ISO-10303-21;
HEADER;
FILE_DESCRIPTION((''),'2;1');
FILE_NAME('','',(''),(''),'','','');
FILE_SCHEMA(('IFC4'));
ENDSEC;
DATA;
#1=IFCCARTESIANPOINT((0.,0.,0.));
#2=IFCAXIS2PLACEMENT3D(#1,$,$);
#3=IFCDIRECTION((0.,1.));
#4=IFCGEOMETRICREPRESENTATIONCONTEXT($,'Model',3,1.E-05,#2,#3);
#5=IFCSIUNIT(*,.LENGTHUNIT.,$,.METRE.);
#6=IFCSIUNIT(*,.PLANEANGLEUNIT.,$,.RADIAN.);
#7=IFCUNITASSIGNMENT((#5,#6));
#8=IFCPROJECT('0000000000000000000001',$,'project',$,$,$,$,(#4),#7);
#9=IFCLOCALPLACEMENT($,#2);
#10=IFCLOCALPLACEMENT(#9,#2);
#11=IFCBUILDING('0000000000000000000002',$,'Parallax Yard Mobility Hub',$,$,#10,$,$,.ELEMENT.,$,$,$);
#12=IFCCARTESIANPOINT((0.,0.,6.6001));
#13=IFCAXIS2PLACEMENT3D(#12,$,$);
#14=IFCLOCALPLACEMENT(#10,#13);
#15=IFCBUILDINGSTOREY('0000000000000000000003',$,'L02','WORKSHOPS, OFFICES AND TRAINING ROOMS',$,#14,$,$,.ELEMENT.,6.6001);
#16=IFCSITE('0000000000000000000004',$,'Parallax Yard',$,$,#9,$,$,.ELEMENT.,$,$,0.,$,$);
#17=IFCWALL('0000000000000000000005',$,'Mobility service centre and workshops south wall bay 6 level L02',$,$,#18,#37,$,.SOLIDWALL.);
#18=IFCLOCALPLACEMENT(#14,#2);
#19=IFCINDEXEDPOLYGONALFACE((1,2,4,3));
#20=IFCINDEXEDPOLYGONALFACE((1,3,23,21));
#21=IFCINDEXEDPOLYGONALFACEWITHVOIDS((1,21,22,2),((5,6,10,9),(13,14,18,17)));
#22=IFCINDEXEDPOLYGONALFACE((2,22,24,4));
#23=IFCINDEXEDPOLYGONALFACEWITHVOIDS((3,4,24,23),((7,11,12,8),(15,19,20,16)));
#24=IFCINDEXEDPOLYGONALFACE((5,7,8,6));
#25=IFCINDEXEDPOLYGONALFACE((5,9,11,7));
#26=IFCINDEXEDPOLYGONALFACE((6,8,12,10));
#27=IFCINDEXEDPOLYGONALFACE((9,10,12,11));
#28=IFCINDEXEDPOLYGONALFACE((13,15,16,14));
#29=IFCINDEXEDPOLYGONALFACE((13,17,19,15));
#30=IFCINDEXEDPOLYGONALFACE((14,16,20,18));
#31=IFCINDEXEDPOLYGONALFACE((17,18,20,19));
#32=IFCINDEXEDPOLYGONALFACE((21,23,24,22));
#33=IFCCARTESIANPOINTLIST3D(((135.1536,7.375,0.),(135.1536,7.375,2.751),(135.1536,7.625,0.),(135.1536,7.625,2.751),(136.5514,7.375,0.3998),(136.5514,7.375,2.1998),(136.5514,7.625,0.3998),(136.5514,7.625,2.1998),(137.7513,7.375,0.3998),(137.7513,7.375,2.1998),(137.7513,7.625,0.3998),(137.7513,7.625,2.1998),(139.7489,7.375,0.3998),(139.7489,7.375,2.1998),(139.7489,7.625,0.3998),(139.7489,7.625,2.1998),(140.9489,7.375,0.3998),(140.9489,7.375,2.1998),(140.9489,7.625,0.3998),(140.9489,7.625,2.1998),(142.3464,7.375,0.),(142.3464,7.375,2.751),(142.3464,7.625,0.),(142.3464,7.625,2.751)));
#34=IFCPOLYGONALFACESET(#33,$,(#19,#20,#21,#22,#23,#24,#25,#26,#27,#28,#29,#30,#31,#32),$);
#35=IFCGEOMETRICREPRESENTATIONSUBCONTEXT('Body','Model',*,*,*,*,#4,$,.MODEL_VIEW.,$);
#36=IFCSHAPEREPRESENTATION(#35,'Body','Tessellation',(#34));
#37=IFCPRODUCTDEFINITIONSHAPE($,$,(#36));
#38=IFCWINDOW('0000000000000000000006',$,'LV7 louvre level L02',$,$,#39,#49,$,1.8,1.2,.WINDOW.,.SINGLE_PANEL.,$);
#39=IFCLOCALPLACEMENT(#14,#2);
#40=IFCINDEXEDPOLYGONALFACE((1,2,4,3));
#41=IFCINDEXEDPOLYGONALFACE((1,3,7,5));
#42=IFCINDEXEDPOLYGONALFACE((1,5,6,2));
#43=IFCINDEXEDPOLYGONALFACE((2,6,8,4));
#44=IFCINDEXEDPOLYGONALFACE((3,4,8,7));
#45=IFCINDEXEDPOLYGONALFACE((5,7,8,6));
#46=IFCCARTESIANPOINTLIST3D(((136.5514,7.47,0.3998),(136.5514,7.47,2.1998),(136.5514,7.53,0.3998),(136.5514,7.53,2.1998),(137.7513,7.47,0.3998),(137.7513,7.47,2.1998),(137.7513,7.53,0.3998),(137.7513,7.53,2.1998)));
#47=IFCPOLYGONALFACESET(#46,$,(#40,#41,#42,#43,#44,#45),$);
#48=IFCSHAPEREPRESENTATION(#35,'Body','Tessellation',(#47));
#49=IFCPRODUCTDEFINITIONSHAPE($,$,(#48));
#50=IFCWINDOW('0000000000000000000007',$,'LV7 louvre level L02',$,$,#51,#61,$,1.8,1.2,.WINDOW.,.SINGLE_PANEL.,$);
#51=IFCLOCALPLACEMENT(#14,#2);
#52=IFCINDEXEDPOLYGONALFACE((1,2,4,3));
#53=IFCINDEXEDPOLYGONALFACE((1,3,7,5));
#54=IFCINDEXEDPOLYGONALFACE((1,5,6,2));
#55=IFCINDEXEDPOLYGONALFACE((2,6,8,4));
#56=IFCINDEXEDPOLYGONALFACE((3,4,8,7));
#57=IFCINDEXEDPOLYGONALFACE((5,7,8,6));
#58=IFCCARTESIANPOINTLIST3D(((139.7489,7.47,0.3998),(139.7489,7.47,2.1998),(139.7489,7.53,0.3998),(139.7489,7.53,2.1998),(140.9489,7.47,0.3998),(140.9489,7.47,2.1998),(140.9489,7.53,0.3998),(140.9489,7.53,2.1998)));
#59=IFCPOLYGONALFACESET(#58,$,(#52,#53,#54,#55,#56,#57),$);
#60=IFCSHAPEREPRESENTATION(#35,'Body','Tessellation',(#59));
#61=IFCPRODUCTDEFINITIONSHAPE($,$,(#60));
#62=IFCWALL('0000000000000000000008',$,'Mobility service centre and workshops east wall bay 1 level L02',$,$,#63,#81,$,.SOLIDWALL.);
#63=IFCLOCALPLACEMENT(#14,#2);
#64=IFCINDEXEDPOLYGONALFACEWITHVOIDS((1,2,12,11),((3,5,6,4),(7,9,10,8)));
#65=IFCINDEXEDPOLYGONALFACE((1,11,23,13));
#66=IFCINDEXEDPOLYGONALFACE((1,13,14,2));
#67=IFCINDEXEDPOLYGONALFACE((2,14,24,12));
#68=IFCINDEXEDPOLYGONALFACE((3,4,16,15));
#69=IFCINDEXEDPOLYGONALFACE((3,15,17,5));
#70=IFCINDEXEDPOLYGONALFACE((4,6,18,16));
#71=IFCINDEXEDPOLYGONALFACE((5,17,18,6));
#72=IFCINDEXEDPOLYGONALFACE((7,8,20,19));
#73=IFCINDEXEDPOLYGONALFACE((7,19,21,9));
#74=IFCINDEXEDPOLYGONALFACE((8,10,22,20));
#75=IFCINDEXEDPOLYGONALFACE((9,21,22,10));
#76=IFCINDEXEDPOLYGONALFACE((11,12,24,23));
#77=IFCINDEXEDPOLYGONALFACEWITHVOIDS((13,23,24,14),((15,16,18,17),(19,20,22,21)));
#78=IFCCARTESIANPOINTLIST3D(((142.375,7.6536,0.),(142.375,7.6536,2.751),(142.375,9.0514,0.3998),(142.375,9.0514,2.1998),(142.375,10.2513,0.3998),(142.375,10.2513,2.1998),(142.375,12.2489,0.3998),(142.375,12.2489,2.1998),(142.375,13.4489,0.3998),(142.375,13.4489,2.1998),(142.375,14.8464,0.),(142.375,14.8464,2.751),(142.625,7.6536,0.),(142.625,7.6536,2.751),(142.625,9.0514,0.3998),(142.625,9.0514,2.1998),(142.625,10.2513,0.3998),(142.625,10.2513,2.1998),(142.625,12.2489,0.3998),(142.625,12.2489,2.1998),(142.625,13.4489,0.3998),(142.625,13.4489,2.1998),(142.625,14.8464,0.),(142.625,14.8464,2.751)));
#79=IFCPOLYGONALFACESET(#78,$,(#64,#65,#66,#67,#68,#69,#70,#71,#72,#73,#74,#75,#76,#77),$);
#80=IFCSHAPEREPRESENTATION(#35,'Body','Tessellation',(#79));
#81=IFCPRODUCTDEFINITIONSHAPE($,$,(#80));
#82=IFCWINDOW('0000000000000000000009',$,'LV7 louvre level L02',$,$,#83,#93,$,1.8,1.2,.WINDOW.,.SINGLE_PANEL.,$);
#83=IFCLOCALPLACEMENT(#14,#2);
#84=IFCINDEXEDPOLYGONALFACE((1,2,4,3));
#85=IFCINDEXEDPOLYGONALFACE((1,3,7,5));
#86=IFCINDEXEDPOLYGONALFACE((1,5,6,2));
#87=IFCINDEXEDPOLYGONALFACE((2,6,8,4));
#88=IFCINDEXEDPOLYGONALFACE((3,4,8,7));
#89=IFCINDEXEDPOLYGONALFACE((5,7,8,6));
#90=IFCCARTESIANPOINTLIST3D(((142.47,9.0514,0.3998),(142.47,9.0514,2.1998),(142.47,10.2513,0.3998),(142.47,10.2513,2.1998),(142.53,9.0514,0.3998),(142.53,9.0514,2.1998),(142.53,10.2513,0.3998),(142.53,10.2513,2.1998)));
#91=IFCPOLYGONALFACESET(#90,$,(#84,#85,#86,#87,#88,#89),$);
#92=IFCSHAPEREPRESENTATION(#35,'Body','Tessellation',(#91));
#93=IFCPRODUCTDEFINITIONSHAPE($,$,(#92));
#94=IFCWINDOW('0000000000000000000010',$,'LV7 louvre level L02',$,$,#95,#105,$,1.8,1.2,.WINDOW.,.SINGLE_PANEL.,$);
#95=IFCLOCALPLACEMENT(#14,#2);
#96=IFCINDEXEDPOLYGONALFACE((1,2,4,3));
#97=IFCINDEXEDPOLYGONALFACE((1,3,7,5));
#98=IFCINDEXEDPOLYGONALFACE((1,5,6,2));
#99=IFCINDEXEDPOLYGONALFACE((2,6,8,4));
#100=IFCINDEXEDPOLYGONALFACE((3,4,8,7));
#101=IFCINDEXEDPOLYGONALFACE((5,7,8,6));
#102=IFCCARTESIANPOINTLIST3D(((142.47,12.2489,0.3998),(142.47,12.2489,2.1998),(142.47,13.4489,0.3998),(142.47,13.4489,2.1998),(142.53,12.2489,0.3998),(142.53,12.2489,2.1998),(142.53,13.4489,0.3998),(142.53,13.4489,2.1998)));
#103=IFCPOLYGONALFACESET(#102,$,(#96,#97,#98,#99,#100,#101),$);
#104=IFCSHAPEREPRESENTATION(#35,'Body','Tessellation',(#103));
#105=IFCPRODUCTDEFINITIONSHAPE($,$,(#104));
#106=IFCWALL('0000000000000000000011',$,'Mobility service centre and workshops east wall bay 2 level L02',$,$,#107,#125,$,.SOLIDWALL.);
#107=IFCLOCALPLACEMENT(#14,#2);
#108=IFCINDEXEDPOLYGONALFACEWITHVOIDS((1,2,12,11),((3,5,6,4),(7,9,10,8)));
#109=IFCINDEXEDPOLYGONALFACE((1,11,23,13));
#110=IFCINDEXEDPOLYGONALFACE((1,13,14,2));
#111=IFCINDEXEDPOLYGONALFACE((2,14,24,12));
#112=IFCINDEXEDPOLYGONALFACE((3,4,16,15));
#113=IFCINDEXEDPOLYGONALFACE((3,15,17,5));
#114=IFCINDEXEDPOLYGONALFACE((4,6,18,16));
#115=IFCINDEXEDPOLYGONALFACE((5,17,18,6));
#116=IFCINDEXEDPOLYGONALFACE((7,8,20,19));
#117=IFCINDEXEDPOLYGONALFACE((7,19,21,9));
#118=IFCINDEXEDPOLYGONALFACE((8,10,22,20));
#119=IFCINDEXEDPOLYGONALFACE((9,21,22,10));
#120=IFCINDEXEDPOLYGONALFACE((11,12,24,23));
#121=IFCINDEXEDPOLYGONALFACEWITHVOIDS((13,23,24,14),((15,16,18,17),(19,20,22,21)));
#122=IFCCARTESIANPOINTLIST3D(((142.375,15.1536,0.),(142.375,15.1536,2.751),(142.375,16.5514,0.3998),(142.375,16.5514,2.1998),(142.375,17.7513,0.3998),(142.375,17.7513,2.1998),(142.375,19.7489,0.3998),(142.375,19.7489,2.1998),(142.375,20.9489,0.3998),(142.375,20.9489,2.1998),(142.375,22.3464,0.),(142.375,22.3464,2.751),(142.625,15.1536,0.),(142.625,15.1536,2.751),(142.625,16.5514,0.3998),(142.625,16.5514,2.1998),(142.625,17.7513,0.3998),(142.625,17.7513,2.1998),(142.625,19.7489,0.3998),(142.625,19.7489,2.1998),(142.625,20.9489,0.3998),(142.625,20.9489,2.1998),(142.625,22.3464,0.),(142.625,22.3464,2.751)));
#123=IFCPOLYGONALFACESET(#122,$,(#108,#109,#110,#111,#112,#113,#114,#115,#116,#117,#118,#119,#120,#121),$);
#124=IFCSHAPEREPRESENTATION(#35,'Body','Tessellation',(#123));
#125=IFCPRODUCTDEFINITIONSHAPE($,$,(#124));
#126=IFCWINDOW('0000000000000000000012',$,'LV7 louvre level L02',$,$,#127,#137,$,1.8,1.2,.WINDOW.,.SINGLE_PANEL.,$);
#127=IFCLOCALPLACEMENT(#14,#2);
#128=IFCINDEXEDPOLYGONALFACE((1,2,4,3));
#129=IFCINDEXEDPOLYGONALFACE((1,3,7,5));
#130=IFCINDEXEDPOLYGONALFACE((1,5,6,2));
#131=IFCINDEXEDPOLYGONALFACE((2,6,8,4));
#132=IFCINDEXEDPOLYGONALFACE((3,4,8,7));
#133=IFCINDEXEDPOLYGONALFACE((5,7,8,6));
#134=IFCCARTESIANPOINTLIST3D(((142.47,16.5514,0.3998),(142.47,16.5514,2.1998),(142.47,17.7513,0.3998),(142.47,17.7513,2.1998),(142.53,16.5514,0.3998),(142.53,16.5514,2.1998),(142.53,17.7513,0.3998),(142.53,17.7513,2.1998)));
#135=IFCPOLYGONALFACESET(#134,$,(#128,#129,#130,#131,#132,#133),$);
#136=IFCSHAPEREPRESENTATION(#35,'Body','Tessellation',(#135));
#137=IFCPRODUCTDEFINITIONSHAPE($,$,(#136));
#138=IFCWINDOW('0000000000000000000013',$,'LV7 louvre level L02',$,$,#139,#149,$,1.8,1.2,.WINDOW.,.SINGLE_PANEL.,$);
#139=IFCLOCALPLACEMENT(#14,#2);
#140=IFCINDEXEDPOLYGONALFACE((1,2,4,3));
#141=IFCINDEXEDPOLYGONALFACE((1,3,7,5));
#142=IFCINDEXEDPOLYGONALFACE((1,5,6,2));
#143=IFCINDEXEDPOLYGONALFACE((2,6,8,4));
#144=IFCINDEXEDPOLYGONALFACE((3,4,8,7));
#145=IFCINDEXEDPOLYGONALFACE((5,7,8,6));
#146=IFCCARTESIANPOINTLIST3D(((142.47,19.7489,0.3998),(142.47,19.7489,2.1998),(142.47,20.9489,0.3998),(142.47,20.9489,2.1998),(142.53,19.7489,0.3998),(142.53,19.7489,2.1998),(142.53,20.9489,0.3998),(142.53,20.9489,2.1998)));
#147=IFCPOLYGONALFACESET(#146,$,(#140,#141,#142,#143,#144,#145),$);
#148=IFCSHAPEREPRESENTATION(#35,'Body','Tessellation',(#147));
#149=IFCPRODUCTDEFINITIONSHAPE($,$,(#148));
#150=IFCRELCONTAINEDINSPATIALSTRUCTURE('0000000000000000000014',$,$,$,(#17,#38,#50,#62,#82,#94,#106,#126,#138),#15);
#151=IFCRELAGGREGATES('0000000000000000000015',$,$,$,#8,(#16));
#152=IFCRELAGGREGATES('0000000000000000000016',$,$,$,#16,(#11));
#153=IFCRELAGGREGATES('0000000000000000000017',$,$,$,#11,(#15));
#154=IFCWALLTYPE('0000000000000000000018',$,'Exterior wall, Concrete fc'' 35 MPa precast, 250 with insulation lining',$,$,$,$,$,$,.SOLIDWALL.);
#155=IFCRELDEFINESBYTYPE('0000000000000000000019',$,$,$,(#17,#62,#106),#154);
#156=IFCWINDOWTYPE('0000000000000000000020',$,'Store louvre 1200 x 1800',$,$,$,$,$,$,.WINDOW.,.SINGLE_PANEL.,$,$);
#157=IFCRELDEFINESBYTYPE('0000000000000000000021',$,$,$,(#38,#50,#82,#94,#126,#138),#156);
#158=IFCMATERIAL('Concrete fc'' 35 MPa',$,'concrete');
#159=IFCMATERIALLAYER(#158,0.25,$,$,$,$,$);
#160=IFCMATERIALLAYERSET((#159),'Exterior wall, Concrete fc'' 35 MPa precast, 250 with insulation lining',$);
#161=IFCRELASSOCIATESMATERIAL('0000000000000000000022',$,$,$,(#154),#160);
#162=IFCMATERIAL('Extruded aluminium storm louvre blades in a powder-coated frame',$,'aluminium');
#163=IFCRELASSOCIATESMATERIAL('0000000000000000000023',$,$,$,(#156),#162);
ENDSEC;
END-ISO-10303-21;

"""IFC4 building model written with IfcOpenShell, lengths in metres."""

from ifc_helpers import new_model, si_unit, direction, frame, frame_2d, origin, place, context, subcontext, project, spatial, rectangle, extrude, material, layer, layer_set, type_object, element, fill, save


model = new_model("IFC4")

# Units and contexts
model_context = context("Model", 3, precision=1e-05, world=origin(), true_north=direction((0.0, 1.0)))
body_context = subcontext(model_context, "Body", "Model", "MODEL_VIEW")
ifc_project = project(units=[si_unit("LENGTHUNIT", "METRE"), si_unit("PLANEANGLEUNIT", "RADIAN")], contexts=[model_context])

# Site, building, storey
site_placement = place(None, origin())
site = spatial("IfcSite", under=ifc_project, at=site_placement, Name="Parallax Yard", CompositionType="ELEMENT", RefElevation=0.0)
building_placement = place(site_placement, origin())
building = spatial("IfcBuilding", under=site, at=building_placement, Name="Parallax Yard Mobility Hub", CompositionType="ELEMENT")
storey_placement = place(building_placement, frame((0.0, 0.0, 6.6001)))
storey = spatial("IfcBuildingStorey", under=building, at=storey_placement, Name="L02", Description="WORKSHOPS, OFFICES AND TRAINING ROOMS", CompositionType="ELEMENT", Elevation=6.6001)

# Walls, openings, windows
ifc_material_1 = material(Name="Concrete fc' 35 MPa", Category="concrete")
ifc_layer = layer(ifc_material_1, 0.25)
ifc_layer_set = layer_set([ifc_layer], Name="Exterior wall, Concrete fc' 35 MPa precast, 250 with insulation lining")
wall_type = type_object("IfcWallType", Name="Exterior wall, Concrete fc' 35 MPa precast, 250 with insulation lining", PredefinedType="SOLIDWALL", material=ifc_layer_set)
wall_1_placement = place(storey_placement, frame((135.1536, 7.5, 0.0), z_axis=(0.0, 0.0, 1.0), x_axis=(1.0, 0.0, 0.0)))
wall_1 = element("IfcWall", 1, at=wall_1_placement, inside=storey, type_object=wall_type, Name="Mobility service centre and workshops south wall bay 6 level L02", PredefinedType="SOLIDWALL", context=body_context, shape_type="SweptSolid", body=[
    extrude(rectangle(XDim=7.1929, YDim=0.25, at=frame_2d((3.5964, 0.0))), origin(), (0.0, 0.0, 1.0), 2.751),
])
opening_1_placement = place(wall_1_placement, frame((1.3977, 0.0, 0.3999)))
opening_1 = element("IfcOpeningElement", 2, at=opening_1_placement, cuts=wall_1, PredefinedType="OPENING", context=body_context, shape_type="SweptSolid", body=[
    extrude(rectangle(XDim=1.2, YDim=1.8, at=frame_2d((0.6001, 0.8999))), frame((0.0, 0.135, 0.0), z_axis=(0.0, -1.0, 0.0), x_axis=(1.0, 0.0, 0.0)), (0.0, 0.0, 1.0), 0.27),
])
opening_2_placement = place(wall_1_placement, frame((4.5952, 0.0, 0.3999)))
opening_2 = element("IfcOpeningElement", 3, at=opening_2_placement, cuts=wall_1, PredefinedType="OPENING", context=body_context, shape_type="SweptSolid", body=[
    extrude(rectangle(XDim=1.2, YDim=1.8, at=frame_2d((0.6001, 0.8999))), frame((0.0, 0.135, 0.0), z_axis=(0.0, -1.0, 0.0), x_axis=(1.0, 0.0, 0.0)), (0.0, 0.0, 1.0), 0.27),
])
ifc_material_2 = material(Name="Extruded aluminium storm louvre blades in a powder-coated frame", Category="aluminium")
window_type = type_object("IfcWindowType", Name="Store louvre 1200 x 1800", PartitioningType="SINGLE_PANEL", PredefinedType="WINDOW", material=ifc_material_2)
window_1_placement = place(opening_1_placement, origin())
window_1 = element("IfcWindow", 4, at=window_1_placement, inside=storey, type_object=window_type, Name="LV7 louvre level L02", OverallHeight=1.8, OverallWidth=1.2, PartitioningType="SINGLE_PANEL", PredefinedType="WINDOW", context=body_context, shape_type="SweptSolid", body=[
    extrude(rectangle(XDim=1.2, YDim=1.8, at=frame_2d((0.6001, 0.8999))), frame((0.0, 0.03, 0.0), z_axis=(0.0, -1.0, 0.0), x_axis=(1.0, 0.0, 0.0)), (0.0, 0.0, 1.0), 0.0601),
])
fill(opening_1, window_1)
window_2_placement = place(opening_2_placement, origin())
window_2 = element("IfcWindow", 5, at=window_2_placement, inside=storey, type_object=window_type, Name="LV7 louvre level L02", OverallHeight=1.8, OverallWidth=1.2, PartitioningType="SINGLE_PANEL", PredefinedType="WINDOW", context=body_context, shape_type="SweptSolid", body=[
    extrude(rectangle(XDim=1.2, YDim=1.8, at=frame_2d((0.6001, 0.8999))), frame((0.0, 0.03, 0.0), z_axis=(0.0, -1.0, 0.0), x_axis=(1.0, 0.0, 0.0)), (0.0, 0.0, 1.0), 0.0601),
])
fill(opening_2, window_2)
wall_2_placement = place(storey_placement, frame((142.5, 7.6536, 0.0), z_axis=(0.0, 0.0, 1.0), x_axis=(0.0, 1.0, 0.0)))
wall_2 = element("IfcWall", 6, at=wall_2_placement, inside=storey, type_object=wall_type, Name="Mobility service centre and workshops east wall bay 1 level L02", PredefinedType="SOLIDWALL", context=body_context, shape_type="SweptSolid", body=[
    extrude(rectangle(XDim=7.1929, YDim=0.25, at=frame_2d((3.5964, 0.0))), origin(), (0.0, 0.0, 1.0), 2.751),
])
opening_3_placement = place(wall_2_placement, frame((1.3977, 0.0, 0.3999)))
opening_3 = element("IfcOpeningElement", 7, at=opening_3_placement, cuts=wall_2, PredefinedType="OPENING", context=body_context, shape_type="SweptSolid", body=[
    extrude(rectangle(XDim=1.2, YDim=1.8, at=frame_2d((0.6001, 0.8999))), frame((0.0, 0.135, 0.0), z_axis=(0.0, -1.0, 0.0), x_axis=(1.0, 0.0, 0.0)), (0.0, 0.0, 1.0), 0.27),
])
opening_4_placement = place(wall_2_placement, frame((4.5952, 0.0, 0.3999)))
opening_4 = element("IfcOpeningElement", 8, at=opening_4_placement, cuts=wall_2, PredefinedType="OPENING", context=body_context, shape_type="SweptSolid", body=[
    extrude(rectangle(XDim=1.2, YDim=1.8, at=frame_2d((0.6001, 0.8999))), frame((0.0, 0.135, 0.0), z_axis=(0.0, -1.0, 0.0), x_axis=(1.0, 0.0, 0.0)), (0.0, 0.0, 1.0), 0.27),
])
window_3_placement = place(opening_3_placement, origin())
window_3 = element("IfcWindow", 9, at=window_3_placement, inside=storey, type_object=window_type, Name="LV7 louvre level L02", OverallHeight=1.8, OverallWidth=1.2, PartitioningType="SINGLE_PANEL", PredefinedType="WINDOW", context=body_context, shape_type="SweptSolid", body=[
    extrude(rectangle(XDim=1.2, YDim=1.8, at=frame_2d((0.6001, 0.8999))), frame((0.0, 0.03, 0.0), z_axis=(0.0, -1.0, 0.0), x_axis=(1.0, 0.0, 0.0)), (0.0, 0.0, 1.0), 0.0601),
])
fill(opening_3, window_3)
window_4_placement = place(opening_4_placement, origin())
window_4 = element("IfcWindow", 10, at=window_4_placement, inside=storey, type_object=window_type, Name="LV7 louvre level L02", OverallHeight=1.8, OverallWidth=1.2, PartitioningType="SINGLE_PANEL", PredefinedType="WINDOW", context=body_context, shape_type="SweptSolid", body=[
    extrude(rectangle(XDim=1.2, YDim=1.8, at=frame_2d((0.6001, 0.8999))), frame((0.0, 0.03, 0.0), z_axis=(0.0, -1.0, 0.0), x_axis=(1.0, 0.0, 0.0)), (0.0, 0.0, 1.0), 0.0601),
])
fill(opening_4, window_4)
wall_3_placement = place(storey_placement, frame((142.5, 15.1536, 0.0), z_axis=(0.0, 0.0, 1.0), x_axis=(0.0, 1.0, 0.0)))
wall_3 = element("IfcWall", 11, at=wall_3_placement, inside=storey, type_object=wall_type, Name="Mobility service centre and workshops east wall bay 2 level L02", PredefinedType="SOLIDWALL", context=body_context, shape_type="SweptSolid", body=[
    extrude(rectangle(XDim=7.1929, YDim=0.25, at=frame_2d((3.5964, 0.0))), origin(), (0.0, 0.0, 1.0), 2.751),
])
opening_5_placement = place(wall_3_placement, frame((1.3977, 0.0, 0.3999)))
opening_5 = element("IfcOpeningElement", 12, at=opening_5_placement, cuts=wall_3, PredefinedType="OPENING", context=body_context, shape_type="SweptSolid", body=[
    extrude(rectangle(XDim=1.2, YDim=1.8, at=frame_2d((0.6001, 0.8999))), frame((0.0, 0.135, 0.0), z_axis=(0.0, -1.0, 0.0), x_axis=(1.0, 0.0, 0.0)), (0.0, 0.0, 1.0), 0.27),
])
opening_6_placement = place(wall_3_placement, frame((4.5952, 0.0, 0.3999)))
opening_6 = element("IfcOpeningElement", 13, at=opening_6_placement, cuts=wall_3, PredefinedType="OPENING", context=body_context, shape_type="SweptSolid", body=[
    extrude(rectangle(XDim=1.2, YDim=1.8, at=frame_2d((0.6001, 0.8999))), frame((0.0, 0.135, 0.0), z_axis=(0.0, -1.0, 0.0), x_axis=(1.0, 0.0, 0.0)), (0.0, 0.0, 1.0), 0.27),
])
window_5_placement = place(opening_5_placement, origin())
window_5 = element("IfcWindow", 14, at=window_5_placement, inside=storey, type_object=window_type, Name="LV7 louvre level L02", OverallHeight=1.8, OverallWidth=1.2, PartitioningType="SINGLE_PANEL", PredefinedType="WINDOW", context=body_context, shape_type="SweptSolid", body=[
    extrude(rectangle(XDim=1.2, YDim=1.8, at=frame_2d((0.6001, 0.8999))), frame((0.0, 0.03, 0.0), z_axis=(0.0, -1.0, 0.0), x_axis=(1.0, 0.0, 0.0)), (0.0, 0.0, 1.0), 0.0601),
])
fill(opening_5, window_5)
window_6_placement = place(opening_6_placement, origin())
window_6 = element("IfcWindow", 15, at=window_6_placement, inside=storey, type_object=window_type, Name="LV7 louvre level L02", OverallHeight=1.8, OverallWidth=1.2, PartitioningType="SINGLE_PANEL", PredefinedType="WINDOW", context=body_context, shape_type="SweptSolid", body=[
    extrude(rectangle(XDim=1.2, YDim=1.8, at=frame_2d((0.6001, 0.8999))), frame((0.0, 0.03, 0.0), z_axis=(0.0, -1.0, 0.0), x_axis=(1.0, 0.0, 0.0)), (0.0, 0.0, 1.0), 0.0601),
])
fill(opening_6, window_6)

save(model, "model.ifc")
